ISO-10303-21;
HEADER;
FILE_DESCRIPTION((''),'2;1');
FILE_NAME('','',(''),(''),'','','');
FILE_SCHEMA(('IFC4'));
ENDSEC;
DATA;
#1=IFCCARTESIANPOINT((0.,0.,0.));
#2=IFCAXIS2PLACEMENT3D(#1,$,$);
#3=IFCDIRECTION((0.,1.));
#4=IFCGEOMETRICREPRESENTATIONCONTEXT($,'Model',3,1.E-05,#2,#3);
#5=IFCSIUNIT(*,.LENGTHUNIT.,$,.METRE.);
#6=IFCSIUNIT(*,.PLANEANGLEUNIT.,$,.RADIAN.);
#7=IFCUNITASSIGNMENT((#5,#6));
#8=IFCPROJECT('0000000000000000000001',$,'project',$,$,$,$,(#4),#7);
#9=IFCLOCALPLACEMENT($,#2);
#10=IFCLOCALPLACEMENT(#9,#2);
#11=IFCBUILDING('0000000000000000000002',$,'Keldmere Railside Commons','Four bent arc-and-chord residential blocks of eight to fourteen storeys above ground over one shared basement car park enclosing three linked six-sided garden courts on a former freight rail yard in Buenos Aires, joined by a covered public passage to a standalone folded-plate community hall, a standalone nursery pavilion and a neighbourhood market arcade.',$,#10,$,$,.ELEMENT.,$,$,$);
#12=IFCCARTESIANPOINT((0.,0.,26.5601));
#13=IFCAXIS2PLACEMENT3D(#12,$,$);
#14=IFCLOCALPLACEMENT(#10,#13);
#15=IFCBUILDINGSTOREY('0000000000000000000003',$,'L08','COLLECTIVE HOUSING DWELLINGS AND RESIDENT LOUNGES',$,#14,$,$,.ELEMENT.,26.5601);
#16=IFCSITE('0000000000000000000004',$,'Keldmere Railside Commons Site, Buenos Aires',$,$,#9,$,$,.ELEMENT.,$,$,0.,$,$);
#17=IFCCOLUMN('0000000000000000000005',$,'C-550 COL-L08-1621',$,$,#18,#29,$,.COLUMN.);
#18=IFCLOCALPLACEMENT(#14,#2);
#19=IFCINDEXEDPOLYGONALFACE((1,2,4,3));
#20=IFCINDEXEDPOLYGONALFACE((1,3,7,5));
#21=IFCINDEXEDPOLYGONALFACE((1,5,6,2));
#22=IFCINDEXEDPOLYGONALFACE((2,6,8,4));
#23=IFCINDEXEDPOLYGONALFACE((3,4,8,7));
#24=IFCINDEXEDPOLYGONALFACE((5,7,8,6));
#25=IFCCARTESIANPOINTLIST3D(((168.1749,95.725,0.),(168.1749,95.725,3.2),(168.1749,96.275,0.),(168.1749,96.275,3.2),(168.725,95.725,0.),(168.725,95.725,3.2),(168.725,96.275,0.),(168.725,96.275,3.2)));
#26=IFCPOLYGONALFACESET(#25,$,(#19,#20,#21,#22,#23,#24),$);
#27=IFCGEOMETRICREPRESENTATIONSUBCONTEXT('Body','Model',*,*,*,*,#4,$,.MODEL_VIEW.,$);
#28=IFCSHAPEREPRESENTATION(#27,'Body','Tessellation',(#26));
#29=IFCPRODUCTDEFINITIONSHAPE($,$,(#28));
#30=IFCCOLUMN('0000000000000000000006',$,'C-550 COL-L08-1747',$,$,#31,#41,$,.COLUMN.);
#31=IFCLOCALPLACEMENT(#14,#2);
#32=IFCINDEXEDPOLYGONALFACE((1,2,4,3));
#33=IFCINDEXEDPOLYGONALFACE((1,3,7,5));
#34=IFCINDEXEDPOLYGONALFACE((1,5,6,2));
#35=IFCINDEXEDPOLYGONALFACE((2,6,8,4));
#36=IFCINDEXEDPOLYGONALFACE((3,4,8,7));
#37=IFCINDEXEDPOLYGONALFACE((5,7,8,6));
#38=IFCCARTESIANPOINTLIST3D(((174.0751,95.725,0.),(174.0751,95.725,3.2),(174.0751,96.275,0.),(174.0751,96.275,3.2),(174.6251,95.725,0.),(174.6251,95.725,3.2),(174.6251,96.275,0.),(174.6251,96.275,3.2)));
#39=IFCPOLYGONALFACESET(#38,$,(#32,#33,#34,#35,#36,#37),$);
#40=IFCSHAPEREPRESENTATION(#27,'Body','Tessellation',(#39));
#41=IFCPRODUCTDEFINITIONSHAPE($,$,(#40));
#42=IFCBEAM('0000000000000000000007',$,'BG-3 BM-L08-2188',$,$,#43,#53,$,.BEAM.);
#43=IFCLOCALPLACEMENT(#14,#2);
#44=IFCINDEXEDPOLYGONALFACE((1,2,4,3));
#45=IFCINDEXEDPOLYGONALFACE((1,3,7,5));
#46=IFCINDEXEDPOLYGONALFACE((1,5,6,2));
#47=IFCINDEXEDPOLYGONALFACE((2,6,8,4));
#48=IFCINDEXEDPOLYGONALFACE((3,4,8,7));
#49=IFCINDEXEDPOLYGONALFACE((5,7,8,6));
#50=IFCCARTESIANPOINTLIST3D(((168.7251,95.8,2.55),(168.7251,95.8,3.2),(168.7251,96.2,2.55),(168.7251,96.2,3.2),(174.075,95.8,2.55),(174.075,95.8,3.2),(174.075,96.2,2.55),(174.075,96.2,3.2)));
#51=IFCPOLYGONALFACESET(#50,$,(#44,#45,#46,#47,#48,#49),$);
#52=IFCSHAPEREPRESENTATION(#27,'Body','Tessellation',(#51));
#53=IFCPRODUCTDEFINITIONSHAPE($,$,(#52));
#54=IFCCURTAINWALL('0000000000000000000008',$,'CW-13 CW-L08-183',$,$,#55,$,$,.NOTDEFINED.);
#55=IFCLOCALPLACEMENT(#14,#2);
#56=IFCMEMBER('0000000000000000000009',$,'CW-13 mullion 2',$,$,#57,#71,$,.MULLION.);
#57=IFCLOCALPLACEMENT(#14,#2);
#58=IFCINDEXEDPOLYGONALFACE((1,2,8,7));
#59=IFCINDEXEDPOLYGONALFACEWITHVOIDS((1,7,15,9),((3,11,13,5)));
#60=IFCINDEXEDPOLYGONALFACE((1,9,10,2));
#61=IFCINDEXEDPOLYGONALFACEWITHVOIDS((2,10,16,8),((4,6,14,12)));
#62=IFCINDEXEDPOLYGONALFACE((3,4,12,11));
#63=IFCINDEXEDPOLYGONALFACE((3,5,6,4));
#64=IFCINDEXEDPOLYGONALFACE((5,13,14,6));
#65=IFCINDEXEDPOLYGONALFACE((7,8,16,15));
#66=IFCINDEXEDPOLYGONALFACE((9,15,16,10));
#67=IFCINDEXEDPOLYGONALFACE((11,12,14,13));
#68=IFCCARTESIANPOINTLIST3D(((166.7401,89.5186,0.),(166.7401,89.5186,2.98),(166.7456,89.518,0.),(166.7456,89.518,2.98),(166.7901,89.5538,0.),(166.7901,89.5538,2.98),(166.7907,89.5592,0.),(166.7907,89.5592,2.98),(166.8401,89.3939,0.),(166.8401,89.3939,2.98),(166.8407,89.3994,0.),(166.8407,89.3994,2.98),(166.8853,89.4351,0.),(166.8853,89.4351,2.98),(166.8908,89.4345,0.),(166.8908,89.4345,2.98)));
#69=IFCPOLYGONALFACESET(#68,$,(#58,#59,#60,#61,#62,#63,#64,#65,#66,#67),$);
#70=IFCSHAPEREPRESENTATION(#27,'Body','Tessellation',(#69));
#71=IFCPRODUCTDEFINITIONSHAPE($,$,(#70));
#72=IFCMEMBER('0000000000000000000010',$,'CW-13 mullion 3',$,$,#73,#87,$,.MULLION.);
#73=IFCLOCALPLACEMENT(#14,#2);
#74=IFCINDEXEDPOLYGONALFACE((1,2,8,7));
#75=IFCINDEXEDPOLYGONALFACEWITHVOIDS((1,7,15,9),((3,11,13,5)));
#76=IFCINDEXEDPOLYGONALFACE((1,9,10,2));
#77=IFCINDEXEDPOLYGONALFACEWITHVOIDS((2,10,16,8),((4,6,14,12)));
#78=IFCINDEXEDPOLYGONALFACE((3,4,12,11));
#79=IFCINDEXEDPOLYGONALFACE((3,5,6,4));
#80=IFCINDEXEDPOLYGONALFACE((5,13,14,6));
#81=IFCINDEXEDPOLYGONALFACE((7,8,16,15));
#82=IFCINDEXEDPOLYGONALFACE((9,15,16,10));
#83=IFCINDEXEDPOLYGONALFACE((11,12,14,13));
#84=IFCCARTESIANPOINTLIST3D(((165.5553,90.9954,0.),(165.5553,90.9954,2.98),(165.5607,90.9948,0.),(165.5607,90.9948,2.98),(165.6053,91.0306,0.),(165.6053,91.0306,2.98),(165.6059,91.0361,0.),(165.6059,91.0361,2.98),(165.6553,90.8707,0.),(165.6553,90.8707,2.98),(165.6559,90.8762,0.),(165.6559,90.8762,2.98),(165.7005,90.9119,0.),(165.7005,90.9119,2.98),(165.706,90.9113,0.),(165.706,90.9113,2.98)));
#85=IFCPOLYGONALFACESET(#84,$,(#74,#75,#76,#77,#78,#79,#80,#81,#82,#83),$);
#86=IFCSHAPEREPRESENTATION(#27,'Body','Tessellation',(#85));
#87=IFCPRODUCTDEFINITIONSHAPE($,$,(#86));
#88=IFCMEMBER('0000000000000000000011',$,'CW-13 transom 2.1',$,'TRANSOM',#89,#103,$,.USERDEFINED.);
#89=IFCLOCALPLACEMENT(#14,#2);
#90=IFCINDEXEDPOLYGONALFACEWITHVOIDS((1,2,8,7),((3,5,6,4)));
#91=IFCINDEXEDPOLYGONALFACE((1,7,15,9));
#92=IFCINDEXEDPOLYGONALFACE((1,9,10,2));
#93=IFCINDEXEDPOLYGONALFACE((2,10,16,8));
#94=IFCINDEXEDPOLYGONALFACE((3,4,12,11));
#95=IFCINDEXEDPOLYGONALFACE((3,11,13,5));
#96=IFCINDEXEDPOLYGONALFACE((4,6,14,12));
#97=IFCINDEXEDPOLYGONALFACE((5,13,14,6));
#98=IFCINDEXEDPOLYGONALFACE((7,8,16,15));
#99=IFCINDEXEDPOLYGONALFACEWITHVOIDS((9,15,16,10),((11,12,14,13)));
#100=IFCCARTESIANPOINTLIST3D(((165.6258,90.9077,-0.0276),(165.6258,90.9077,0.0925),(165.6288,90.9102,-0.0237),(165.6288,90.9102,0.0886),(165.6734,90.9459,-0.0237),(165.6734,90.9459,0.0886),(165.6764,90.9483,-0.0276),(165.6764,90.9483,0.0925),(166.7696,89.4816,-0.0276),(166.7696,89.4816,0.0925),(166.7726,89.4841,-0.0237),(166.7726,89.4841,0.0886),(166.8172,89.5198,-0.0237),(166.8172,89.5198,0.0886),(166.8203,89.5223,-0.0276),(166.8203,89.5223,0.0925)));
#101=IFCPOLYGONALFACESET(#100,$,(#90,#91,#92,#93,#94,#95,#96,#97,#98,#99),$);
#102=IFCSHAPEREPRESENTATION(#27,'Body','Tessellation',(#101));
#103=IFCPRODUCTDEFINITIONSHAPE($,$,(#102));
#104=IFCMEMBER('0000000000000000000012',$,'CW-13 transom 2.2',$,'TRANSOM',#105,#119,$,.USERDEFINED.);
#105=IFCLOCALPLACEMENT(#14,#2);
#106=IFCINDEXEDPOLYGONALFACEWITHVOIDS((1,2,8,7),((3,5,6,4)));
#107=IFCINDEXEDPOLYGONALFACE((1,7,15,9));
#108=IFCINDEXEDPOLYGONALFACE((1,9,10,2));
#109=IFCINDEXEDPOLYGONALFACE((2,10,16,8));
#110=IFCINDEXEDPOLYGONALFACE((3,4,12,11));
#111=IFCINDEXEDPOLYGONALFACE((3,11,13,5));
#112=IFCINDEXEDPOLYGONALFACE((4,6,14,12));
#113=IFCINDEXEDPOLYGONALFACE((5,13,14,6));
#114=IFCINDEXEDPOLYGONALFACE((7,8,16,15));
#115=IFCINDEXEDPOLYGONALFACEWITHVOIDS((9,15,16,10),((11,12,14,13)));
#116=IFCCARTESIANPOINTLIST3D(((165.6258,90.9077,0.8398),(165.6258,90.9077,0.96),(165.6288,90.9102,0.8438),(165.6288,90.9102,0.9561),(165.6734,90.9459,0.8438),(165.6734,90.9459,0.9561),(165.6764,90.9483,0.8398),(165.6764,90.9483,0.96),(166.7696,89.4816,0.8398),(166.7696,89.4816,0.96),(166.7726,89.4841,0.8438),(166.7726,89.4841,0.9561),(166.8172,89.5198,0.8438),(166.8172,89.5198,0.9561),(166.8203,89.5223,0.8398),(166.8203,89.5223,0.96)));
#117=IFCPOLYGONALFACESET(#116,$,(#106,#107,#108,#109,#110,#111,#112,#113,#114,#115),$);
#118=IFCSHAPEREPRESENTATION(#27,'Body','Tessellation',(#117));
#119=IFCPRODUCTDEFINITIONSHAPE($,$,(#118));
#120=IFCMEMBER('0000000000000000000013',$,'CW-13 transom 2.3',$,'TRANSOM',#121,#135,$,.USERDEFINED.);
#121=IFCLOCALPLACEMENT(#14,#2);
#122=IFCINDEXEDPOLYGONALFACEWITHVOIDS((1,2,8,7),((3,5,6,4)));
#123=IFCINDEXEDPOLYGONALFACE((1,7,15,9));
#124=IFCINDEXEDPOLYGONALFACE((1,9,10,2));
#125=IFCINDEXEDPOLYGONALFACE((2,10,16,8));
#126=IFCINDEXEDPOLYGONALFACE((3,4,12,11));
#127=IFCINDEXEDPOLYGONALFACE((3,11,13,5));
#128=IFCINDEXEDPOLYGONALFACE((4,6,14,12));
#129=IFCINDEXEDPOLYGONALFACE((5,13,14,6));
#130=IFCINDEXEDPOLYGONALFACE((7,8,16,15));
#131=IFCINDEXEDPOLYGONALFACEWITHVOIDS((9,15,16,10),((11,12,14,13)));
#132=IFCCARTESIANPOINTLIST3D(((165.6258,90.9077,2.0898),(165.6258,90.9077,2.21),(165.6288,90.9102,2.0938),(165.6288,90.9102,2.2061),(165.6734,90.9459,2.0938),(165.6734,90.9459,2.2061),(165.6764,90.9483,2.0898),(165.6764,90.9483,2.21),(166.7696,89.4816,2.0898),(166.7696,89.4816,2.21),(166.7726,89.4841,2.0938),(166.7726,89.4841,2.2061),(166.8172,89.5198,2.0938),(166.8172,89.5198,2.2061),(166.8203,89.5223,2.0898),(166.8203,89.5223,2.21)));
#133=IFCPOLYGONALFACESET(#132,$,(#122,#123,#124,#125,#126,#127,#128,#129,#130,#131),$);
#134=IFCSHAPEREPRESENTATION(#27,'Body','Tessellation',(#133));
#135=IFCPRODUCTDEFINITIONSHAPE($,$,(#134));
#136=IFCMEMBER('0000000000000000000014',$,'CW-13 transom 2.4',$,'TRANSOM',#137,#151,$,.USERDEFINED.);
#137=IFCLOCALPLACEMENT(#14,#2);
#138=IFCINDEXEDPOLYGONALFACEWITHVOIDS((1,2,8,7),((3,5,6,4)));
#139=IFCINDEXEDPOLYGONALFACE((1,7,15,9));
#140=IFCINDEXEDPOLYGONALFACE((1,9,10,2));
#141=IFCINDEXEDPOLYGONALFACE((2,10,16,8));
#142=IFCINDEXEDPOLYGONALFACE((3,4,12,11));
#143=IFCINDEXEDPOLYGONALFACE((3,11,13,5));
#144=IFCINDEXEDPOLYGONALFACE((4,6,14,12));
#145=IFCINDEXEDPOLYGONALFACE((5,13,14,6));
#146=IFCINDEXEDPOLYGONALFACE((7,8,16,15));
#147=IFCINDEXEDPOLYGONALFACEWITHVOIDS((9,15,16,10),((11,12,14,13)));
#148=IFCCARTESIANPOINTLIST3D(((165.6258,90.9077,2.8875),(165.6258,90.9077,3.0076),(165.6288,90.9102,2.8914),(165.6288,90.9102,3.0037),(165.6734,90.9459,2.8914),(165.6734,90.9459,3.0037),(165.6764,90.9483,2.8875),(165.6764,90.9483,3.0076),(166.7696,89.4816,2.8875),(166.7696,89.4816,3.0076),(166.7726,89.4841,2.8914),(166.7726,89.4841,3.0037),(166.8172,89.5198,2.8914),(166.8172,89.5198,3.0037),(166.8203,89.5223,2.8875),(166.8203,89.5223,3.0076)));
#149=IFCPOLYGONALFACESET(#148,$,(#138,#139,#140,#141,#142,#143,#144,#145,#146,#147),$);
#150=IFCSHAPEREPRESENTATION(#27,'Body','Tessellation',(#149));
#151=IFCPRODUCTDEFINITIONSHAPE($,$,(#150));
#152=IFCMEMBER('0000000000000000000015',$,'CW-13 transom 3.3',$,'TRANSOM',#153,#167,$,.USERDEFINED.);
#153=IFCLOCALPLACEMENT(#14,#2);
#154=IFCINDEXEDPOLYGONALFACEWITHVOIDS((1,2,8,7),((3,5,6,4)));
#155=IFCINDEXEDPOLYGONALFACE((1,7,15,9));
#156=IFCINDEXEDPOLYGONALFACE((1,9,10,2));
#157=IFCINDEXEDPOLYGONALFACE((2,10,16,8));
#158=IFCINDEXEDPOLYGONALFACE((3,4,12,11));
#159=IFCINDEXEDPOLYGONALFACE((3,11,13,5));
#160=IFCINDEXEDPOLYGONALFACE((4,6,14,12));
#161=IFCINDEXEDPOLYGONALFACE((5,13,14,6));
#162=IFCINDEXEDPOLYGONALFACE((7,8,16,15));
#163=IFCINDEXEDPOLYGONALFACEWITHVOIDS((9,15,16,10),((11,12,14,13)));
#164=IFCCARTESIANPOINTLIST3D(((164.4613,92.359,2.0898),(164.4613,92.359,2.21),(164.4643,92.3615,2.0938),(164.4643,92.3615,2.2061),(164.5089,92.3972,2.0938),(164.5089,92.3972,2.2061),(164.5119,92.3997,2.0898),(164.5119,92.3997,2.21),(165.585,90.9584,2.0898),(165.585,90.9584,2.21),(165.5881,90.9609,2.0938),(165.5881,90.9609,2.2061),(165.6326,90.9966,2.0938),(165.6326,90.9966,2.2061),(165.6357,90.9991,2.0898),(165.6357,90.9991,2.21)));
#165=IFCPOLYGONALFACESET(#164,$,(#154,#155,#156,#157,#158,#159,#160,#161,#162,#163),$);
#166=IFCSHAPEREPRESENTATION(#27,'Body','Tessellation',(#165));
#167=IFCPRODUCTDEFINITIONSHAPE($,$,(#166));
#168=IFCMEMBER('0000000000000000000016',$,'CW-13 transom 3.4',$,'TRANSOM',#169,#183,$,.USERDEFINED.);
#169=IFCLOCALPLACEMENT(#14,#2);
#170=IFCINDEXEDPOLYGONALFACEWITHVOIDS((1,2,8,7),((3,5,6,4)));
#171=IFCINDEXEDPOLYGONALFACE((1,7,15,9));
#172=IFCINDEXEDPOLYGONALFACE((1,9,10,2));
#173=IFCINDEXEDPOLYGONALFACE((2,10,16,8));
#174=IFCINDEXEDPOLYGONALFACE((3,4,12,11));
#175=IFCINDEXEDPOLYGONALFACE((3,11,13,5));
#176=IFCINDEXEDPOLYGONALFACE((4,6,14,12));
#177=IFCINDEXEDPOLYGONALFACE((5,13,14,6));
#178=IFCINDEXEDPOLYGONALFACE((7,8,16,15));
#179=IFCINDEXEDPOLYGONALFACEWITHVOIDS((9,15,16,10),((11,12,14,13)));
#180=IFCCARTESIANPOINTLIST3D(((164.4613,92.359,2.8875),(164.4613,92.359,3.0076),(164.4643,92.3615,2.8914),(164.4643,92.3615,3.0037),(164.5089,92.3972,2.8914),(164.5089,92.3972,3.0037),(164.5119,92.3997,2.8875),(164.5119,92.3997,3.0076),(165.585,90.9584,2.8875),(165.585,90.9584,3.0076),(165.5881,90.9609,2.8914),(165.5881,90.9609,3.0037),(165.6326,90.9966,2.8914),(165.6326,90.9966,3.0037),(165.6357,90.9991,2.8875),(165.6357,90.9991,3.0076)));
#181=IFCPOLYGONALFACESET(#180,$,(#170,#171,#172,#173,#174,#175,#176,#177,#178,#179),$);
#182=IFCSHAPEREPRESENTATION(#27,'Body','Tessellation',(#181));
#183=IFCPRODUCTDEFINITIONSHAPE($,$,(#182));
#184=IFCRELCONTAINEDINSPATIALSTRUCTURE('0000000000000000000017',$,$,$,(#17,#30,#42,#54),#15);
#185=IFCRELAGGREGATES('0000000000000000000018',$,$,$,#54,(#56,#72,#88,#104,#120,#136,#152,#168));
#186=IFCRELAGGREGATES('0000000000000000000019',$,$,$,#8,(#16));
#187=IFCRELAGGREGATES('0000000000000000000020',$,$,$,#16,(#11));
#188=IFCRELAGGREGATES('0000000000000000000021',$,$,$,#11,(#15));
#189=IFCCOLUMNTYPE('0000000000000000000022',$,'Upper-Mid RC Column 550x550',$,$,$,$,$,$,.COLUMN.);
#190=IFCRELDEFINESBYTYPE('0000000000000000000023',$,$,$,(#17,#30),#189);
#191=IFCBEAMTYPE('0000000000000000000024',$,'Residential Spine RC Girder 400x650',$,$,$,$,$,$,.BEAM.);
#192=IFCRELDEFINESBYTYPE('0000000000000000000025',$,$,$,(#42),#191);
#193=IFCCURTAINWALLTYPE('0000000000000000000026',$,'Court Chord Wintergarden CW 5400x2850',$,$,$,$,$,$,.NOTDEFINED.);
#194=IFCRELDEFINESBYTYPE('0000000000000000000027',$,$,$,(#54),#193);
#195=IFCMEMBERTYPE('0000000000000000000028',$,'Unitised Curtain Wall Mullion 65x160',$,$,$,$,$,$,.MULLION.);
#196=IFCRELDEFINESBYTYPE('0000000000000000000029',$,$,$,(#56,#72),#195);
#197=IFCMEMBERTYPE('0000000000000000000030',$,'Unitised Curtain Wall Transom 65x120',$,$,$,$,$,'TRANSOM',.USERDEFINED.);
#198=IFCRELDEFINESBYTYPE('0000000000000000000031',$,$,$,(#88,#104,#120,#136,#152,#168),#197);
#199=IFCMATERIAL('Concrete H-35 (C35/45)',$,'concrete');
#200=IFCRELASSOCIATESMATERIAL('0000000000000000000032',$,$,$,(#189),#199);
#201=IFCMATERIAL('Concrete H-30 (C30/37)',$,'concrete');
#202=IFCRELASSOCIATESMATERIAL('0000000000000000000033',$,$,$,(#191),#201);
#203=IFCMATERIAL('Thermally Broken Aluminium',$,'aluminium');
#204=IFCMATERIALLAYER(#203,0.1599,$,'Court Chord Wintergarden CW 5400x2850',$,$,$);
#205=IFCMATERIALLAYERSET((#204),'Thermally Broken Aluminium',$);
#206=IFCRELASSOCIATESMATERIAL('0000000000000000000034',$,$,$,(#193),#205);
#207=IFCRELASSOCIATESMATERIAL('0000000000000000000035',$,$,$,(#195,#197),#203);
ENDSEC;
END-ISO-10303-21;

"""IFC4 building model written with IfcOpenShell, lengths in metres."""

from ifc_helpers import new_model, si_unit, direction, frame, origin, origin_2d, place, context, subcontext, project, spatial, rectangle, hollow_rectangle, extrude, material, layer, layer_set, material_profile, profile_set, type_object, element, aggregate, save


model = new_model("IFC4")

# Units and contexts
model_context = context("Model", 3, precision=1e-05, world=origin(), true_north=direction((0.0, 1.0)))
body_context = subcontext(model_context, "Body", "Model", "MODEL_VIEW")
ifc_project = project(units=[si_unit("LENGTHUNIT", "METRE"), si_unit("PLANEANGLEUNIT", "RADIAN")], contexts=[model_context])

# Site, building, storey
site_placement = place(None, origin())
site = spatial("IfcSite", under=ifc_project, at=site_placement, Name="Keldmere Railside Commons Site, Buenos Aires", CompositionType="ELEMENT", RefElevation=0.0)
building_placement = place(site_placement, origin())
building = spatial("IfcBuilding", under=site, at=building_placement, Name="Keldmere Railside Commons", Description="Four bent arc-and-chord residential blocks of eight to fourteen storeys above ground over one shared basement car park enclosing three linked six-sided garden courts on a former freight rail yard in Buenos Aires, joined by a covered public passage to a standalone folded-plate community hall, a standalone nursery pavilion and a neighbourhood market arcade.", CompositionType="ELEMENT")
storey_placement = place(building_placement, frame((0.0, 0.0, 26.5601)))
storey = spatial("IfcBuildingStorey", under=building, at=storey_placement, Name="L08", Description="COLLECTIVE HOUSING DWELLINGS AND RESIDENT LOUNGES", CompositionType="ELEMENT", Elevation=26.5601)

# Columns
ifc_material_1 = material(Name="Concrete H-35 (C35/45)", Category="concrete")
ifc_material_profile_1 = material_profile(ifc_material_1, rectangle(XDim=0.55, YDim=0.55, at=origin_2d()), Name="RC-550x550")
ifc_profile_set_1 = profile_set([ifc_material_profile_1], Name="Concrete H-35 (C35/45)")
column_type = type_object("IfcColumnType", Name="Upper-Mid RC Column 550x550", PredefinedType="COLUMN", material=ifc_profile_set_1)
for number, where, z_axis, x_axis, name in (
    (1, (168.45, 96.0, 0.0), (0.0, 0.0, 1.0), (1.0, 0.0, 0.0), "C-550 COL-L08-1621"),
    (2, (174.3501, 96.0, 0.0), (0.0, 0.0, 1.0), (1.0, 0.0, 0.0), "C-550 COL-L08-1747"),
):
    element("IfcColumn", number, at=place(storey_placement, frame(where, z_axis=z_axis, x_axis=x_axis)), inside=storey, type_object=column_type, Name=name, PredefinedType="COLUMN", context=body_context, shape_type="SweptSolid", body=[
        extrude(rectangle(XDim=0.55, YDim=0.55, at=origin_2d()), origin(), (0.0, 0.0, 1.0), 3.2),
    ])

# Beam
ifc_material_2 = material(Name="Concrete H-30 (C30/37)", Category="concrete")
ifc_material_profile_2 = material_profile(ifc_material_2, rectangle(XDim=0.3999, YDim=0.6499, at=origin_2d()), Name="RC-400x650")
ifc_profile_set_2 = profile_set([ifc_material_profile_2], Name="Concrete H-30 (C30/37)")
beam_type = type_object("IfcBeamType", Name="Residential Spine RC Girder 400x650", PredefinedType="BEAM", material=ifc_profile_set_2)
beam_placement = place(storey_placement, frame((168.7251, 96.0, 2.875), z_axis=(1.0, 0.0, 0.0), x_axis=(0.0, 1.0, 0.0)))
element("IfcBeam", 3, at=beam_placement, inside=storey, type_object=beam_type, Name="BG-3 BM-L08-2188", PredefinedType="BEAM", context=body_context, shape_type="SweptSolid", body=[
    extrude(rectangle(XDim=0.3999, YDim=0.6499, at=origin_2d()), origin(), (0.0, 0.0, 1.0), 5.3499),
])

# Curtain wall, members
ifc_material_3 = material(Name="Thermally Broken Aluminium", Category="aluminium")
ifc_layer_1 = layer(ifc_material_3, 0.1599, Name="Court Chord Wintergarden CW 5400x2850")
ifc_layer_set_1 = layer_set([ifc_layer_1], Name="Thermally Broken Aluminium")
curtain_wall_type = type_object("IfcCurtainWallType", Name="Court Chord Wintergarden CW 5400x2850", PredefinedType="NOTDEFINED", material=ifc_layer_set_1)
curtain_wall_placement = place(storey_placement, origin())
curtain_wall = element("IfcCurtainWall", 4, at=curtain_wall_placement, inside=storey, type_object=curtain_wall_type, Name="CW-13 CW-L08-183", PredefinedType="NOTDEFINED")
ifc_material_profile_3 = material_profile(ifc_material_3, hollow_rectangle(XDim=0.0649, YDim=0.1599, WallThickness=0.0039, at=origin_2d()), Name="ALU-MULL-65x160")
ifc_profile_set_3 = profile_set([ifc_material_profile_3], Name="Thermally Broken Aluminium")
member_type_1 = type_object("IfcMemberType", Name="Unitised Curtain Wall Mullion 65x160", PredefinedType="MULLION", material=ifc_profile_set_3)
member_1_placement = place(storey_placement, frame((166.8154, 89.4766, 0.0), z_axis=(0.0, 0.0, 1.0), x_axis=(-0.780009, -0.625768, 0.0)))
member_1 = element("IfcMember", 5, at=member_1_placement, type_object=member_type_1, Name="CW-13 mullion 2", PredefinedType="MULLION", context=body_context, shape_type="SweptSolid", body=[
    extrude(hollow_rectangle(XDim=0.0649, YDim=0.1599, WallThickness=0.0039, at=origin_2d()), origin(), (0.0, 0.0, 1.0), 2.98),
])
member_2_placement = place(storey_placement, frame((165.6306, 90.9534, 0.0), z_axis=(0.0, 0.0, 1.0), x_axis=(-0.780009, -0.625768, 0.0)))
member_2 = element("IfcMember", 6, at=member_2_placement, type_object=member_type_1, Name="CW-13 mullion 3", PredefinedType="MULLION", context=body_context, shape_type="SweptSolid", body=[
    extrude(hollow_rectangle(XDim=0.0649, YDim=0.1599, WallThickness=0.0039, at=origin_2d()), origin(), (0.0, 0.0, 1.0), 2.98),
])
ifc_material_profile_4 = material_profile(ifc_material_3, hollow_rectangle(XDim=0.0649, YDim=0.1201, WallThickness=0.0039, at=origin_2d()), Name="ALU-TRAN-65x120")
ifc_profile_set_4 = profile_set([ifc_material_profile_4], Name="Thermally Broken Aluminium")
member_type_2 = type_object("IfcMemberType", Name="Unitised Curtain Wall Transom 65x120", ElementType="TRANSOM", PredefinedType="USERDEFINED", material=ifc_profile_set_4)
member_3_placement = place(storey_placement, frame((166.7949, 89.502, 0.0325), z_axis=(-0.625688, 0.780073, 0.0), x_axis=(-0.780073, -0.625688, 0.0)))
member_3 = element("IfcMember", 7, at=member_3_placement, type_object=member_type_2, Name="CW-13 transom 2.1", ObjectType="TRANSOM", PredefinedType="USERDEFINED", context=body_context, shape_type="SweptSolid", body=[
    extrude(hollow_rectangle(XDim=0.0649, YDim=0.1201, WallThickness=0.0039, at=origin_2d()), origin(), (0.0, 0.0, 1.0), 1.8281),
])
member_4_placement = place(storey_placement, frame((166.7949, 89.502, 0.8999), z_axis=(-0.625688, 0.780073, 0.0), x_axis=(-0.780073, -0.625688, 0.0)))
member_4 = element("IfcMember", 8, at=member_4_placement, type_object=member_type_2, Name="CW-13 transom 2.2", ObjectType="TRANSOM", PredefinedType="USERDEFINED", context=body_context, shape_type="SweptSolid", body=[
    extrude(hollow_rectangle(XDim=0.0649, YDim=0.1201, WallThickness=0.0039, at=origin_2d()), origin(), (0.0, 0.0, 1.0), 1.8281),
])
member_5_placement = place(storey_placement, frame((166.7949, 89.502, 2.1499), z_axis=(-0.625688, 0.780073, 0.0), x_axis=(-0.780073, -0.625688, 0.0)))
member_5 = element("IfcMember", 9, at=member_5_placement, type_object=member_type_2, Name="CW-13 transom 2.3", ObjectType="TRANSOM", PredefinedType="USERDEFINED", context=body_context, shape_type="SweptSolid", body=[
    extrude(hollow_rectangle(XDim=0.0649, YDim=0.1201, WallThickness=0.0039, at=origin_2d()), origin(), (0.0, 0.0, 1.0), 1.8281),
])
member_6_placement = place(storey_placement, frame((166.7949, 89.502, 2.9475), z_axis=(-0.625688, 0.780073, 0.0), x_axis=(-0.780073, -0.625688, 0.0)))
member_6 = element("IfcMember", 10, at=member_6_placement, type_object=member_type_2, Name="CW-13 transom 2.4", ObjectType="TRANSOM", PredefinedType="USERDEFINED", context=body_context, shape_type="SweptSolid", body=[
    extrude(hollow_rectangle(XDim=0.0649, YDim=0.1201, WallThickness=0.0039, at=origin_2d()), origin(), (0.0, 0.0, 1.0), 1.8281),
])
member_7_placement = place(storey_placement, frame((165.6104, 90.9788, 2.1499), z_axis=(-0.625805, 0.779979, 0.0), x_axis=(-0.779979, -0.625805, 0.0)))
member_7 = element("IfcMember", 11, at=member_7_placement, type_object=member_type_2, Name="CW-13 transom 3.3", ObjectType="TRANSOM", PredefinedType="USERDEFINED", context=body_context, shape_type="SweptSolid", body=[
    extrude(hollow_rectangle(XDim=0.0649, YDim=0.1201, WallThickness=0.0039, at=origin_2d()), origin(), (0.0, 0.0, 1.0), 1.7957),
])
member_8_placement = place(storey_placement, frame((165.6104, 90.9788, 2.9475), z_axis=(-0.625805, 0.779979, 0.0), x_axis=(-0.779979, -0.625805, 0.0)))
member_8 = element("IfcMember", 12, at=member_8_placement, type_object=member_type_2, Name="CW-13 transom 3.4", ObjectType="TRANSOM", PredefinedType="USERDEFINED", context=body_context, shape_type="SweptSolid", body=[
    extrude(hollow_rectangle(XDim=0.0649, YDim=0.1201, WallThickness=0.0039, at=origin_2d()), origin(), (0.0, 0.0, 1.0), 1.7957),
])
aggregate(curtain_wall, [member_1, member_2, member_3, member_4, member_5, member_6, member_7, member_8])

save(model, "model.ifc")
